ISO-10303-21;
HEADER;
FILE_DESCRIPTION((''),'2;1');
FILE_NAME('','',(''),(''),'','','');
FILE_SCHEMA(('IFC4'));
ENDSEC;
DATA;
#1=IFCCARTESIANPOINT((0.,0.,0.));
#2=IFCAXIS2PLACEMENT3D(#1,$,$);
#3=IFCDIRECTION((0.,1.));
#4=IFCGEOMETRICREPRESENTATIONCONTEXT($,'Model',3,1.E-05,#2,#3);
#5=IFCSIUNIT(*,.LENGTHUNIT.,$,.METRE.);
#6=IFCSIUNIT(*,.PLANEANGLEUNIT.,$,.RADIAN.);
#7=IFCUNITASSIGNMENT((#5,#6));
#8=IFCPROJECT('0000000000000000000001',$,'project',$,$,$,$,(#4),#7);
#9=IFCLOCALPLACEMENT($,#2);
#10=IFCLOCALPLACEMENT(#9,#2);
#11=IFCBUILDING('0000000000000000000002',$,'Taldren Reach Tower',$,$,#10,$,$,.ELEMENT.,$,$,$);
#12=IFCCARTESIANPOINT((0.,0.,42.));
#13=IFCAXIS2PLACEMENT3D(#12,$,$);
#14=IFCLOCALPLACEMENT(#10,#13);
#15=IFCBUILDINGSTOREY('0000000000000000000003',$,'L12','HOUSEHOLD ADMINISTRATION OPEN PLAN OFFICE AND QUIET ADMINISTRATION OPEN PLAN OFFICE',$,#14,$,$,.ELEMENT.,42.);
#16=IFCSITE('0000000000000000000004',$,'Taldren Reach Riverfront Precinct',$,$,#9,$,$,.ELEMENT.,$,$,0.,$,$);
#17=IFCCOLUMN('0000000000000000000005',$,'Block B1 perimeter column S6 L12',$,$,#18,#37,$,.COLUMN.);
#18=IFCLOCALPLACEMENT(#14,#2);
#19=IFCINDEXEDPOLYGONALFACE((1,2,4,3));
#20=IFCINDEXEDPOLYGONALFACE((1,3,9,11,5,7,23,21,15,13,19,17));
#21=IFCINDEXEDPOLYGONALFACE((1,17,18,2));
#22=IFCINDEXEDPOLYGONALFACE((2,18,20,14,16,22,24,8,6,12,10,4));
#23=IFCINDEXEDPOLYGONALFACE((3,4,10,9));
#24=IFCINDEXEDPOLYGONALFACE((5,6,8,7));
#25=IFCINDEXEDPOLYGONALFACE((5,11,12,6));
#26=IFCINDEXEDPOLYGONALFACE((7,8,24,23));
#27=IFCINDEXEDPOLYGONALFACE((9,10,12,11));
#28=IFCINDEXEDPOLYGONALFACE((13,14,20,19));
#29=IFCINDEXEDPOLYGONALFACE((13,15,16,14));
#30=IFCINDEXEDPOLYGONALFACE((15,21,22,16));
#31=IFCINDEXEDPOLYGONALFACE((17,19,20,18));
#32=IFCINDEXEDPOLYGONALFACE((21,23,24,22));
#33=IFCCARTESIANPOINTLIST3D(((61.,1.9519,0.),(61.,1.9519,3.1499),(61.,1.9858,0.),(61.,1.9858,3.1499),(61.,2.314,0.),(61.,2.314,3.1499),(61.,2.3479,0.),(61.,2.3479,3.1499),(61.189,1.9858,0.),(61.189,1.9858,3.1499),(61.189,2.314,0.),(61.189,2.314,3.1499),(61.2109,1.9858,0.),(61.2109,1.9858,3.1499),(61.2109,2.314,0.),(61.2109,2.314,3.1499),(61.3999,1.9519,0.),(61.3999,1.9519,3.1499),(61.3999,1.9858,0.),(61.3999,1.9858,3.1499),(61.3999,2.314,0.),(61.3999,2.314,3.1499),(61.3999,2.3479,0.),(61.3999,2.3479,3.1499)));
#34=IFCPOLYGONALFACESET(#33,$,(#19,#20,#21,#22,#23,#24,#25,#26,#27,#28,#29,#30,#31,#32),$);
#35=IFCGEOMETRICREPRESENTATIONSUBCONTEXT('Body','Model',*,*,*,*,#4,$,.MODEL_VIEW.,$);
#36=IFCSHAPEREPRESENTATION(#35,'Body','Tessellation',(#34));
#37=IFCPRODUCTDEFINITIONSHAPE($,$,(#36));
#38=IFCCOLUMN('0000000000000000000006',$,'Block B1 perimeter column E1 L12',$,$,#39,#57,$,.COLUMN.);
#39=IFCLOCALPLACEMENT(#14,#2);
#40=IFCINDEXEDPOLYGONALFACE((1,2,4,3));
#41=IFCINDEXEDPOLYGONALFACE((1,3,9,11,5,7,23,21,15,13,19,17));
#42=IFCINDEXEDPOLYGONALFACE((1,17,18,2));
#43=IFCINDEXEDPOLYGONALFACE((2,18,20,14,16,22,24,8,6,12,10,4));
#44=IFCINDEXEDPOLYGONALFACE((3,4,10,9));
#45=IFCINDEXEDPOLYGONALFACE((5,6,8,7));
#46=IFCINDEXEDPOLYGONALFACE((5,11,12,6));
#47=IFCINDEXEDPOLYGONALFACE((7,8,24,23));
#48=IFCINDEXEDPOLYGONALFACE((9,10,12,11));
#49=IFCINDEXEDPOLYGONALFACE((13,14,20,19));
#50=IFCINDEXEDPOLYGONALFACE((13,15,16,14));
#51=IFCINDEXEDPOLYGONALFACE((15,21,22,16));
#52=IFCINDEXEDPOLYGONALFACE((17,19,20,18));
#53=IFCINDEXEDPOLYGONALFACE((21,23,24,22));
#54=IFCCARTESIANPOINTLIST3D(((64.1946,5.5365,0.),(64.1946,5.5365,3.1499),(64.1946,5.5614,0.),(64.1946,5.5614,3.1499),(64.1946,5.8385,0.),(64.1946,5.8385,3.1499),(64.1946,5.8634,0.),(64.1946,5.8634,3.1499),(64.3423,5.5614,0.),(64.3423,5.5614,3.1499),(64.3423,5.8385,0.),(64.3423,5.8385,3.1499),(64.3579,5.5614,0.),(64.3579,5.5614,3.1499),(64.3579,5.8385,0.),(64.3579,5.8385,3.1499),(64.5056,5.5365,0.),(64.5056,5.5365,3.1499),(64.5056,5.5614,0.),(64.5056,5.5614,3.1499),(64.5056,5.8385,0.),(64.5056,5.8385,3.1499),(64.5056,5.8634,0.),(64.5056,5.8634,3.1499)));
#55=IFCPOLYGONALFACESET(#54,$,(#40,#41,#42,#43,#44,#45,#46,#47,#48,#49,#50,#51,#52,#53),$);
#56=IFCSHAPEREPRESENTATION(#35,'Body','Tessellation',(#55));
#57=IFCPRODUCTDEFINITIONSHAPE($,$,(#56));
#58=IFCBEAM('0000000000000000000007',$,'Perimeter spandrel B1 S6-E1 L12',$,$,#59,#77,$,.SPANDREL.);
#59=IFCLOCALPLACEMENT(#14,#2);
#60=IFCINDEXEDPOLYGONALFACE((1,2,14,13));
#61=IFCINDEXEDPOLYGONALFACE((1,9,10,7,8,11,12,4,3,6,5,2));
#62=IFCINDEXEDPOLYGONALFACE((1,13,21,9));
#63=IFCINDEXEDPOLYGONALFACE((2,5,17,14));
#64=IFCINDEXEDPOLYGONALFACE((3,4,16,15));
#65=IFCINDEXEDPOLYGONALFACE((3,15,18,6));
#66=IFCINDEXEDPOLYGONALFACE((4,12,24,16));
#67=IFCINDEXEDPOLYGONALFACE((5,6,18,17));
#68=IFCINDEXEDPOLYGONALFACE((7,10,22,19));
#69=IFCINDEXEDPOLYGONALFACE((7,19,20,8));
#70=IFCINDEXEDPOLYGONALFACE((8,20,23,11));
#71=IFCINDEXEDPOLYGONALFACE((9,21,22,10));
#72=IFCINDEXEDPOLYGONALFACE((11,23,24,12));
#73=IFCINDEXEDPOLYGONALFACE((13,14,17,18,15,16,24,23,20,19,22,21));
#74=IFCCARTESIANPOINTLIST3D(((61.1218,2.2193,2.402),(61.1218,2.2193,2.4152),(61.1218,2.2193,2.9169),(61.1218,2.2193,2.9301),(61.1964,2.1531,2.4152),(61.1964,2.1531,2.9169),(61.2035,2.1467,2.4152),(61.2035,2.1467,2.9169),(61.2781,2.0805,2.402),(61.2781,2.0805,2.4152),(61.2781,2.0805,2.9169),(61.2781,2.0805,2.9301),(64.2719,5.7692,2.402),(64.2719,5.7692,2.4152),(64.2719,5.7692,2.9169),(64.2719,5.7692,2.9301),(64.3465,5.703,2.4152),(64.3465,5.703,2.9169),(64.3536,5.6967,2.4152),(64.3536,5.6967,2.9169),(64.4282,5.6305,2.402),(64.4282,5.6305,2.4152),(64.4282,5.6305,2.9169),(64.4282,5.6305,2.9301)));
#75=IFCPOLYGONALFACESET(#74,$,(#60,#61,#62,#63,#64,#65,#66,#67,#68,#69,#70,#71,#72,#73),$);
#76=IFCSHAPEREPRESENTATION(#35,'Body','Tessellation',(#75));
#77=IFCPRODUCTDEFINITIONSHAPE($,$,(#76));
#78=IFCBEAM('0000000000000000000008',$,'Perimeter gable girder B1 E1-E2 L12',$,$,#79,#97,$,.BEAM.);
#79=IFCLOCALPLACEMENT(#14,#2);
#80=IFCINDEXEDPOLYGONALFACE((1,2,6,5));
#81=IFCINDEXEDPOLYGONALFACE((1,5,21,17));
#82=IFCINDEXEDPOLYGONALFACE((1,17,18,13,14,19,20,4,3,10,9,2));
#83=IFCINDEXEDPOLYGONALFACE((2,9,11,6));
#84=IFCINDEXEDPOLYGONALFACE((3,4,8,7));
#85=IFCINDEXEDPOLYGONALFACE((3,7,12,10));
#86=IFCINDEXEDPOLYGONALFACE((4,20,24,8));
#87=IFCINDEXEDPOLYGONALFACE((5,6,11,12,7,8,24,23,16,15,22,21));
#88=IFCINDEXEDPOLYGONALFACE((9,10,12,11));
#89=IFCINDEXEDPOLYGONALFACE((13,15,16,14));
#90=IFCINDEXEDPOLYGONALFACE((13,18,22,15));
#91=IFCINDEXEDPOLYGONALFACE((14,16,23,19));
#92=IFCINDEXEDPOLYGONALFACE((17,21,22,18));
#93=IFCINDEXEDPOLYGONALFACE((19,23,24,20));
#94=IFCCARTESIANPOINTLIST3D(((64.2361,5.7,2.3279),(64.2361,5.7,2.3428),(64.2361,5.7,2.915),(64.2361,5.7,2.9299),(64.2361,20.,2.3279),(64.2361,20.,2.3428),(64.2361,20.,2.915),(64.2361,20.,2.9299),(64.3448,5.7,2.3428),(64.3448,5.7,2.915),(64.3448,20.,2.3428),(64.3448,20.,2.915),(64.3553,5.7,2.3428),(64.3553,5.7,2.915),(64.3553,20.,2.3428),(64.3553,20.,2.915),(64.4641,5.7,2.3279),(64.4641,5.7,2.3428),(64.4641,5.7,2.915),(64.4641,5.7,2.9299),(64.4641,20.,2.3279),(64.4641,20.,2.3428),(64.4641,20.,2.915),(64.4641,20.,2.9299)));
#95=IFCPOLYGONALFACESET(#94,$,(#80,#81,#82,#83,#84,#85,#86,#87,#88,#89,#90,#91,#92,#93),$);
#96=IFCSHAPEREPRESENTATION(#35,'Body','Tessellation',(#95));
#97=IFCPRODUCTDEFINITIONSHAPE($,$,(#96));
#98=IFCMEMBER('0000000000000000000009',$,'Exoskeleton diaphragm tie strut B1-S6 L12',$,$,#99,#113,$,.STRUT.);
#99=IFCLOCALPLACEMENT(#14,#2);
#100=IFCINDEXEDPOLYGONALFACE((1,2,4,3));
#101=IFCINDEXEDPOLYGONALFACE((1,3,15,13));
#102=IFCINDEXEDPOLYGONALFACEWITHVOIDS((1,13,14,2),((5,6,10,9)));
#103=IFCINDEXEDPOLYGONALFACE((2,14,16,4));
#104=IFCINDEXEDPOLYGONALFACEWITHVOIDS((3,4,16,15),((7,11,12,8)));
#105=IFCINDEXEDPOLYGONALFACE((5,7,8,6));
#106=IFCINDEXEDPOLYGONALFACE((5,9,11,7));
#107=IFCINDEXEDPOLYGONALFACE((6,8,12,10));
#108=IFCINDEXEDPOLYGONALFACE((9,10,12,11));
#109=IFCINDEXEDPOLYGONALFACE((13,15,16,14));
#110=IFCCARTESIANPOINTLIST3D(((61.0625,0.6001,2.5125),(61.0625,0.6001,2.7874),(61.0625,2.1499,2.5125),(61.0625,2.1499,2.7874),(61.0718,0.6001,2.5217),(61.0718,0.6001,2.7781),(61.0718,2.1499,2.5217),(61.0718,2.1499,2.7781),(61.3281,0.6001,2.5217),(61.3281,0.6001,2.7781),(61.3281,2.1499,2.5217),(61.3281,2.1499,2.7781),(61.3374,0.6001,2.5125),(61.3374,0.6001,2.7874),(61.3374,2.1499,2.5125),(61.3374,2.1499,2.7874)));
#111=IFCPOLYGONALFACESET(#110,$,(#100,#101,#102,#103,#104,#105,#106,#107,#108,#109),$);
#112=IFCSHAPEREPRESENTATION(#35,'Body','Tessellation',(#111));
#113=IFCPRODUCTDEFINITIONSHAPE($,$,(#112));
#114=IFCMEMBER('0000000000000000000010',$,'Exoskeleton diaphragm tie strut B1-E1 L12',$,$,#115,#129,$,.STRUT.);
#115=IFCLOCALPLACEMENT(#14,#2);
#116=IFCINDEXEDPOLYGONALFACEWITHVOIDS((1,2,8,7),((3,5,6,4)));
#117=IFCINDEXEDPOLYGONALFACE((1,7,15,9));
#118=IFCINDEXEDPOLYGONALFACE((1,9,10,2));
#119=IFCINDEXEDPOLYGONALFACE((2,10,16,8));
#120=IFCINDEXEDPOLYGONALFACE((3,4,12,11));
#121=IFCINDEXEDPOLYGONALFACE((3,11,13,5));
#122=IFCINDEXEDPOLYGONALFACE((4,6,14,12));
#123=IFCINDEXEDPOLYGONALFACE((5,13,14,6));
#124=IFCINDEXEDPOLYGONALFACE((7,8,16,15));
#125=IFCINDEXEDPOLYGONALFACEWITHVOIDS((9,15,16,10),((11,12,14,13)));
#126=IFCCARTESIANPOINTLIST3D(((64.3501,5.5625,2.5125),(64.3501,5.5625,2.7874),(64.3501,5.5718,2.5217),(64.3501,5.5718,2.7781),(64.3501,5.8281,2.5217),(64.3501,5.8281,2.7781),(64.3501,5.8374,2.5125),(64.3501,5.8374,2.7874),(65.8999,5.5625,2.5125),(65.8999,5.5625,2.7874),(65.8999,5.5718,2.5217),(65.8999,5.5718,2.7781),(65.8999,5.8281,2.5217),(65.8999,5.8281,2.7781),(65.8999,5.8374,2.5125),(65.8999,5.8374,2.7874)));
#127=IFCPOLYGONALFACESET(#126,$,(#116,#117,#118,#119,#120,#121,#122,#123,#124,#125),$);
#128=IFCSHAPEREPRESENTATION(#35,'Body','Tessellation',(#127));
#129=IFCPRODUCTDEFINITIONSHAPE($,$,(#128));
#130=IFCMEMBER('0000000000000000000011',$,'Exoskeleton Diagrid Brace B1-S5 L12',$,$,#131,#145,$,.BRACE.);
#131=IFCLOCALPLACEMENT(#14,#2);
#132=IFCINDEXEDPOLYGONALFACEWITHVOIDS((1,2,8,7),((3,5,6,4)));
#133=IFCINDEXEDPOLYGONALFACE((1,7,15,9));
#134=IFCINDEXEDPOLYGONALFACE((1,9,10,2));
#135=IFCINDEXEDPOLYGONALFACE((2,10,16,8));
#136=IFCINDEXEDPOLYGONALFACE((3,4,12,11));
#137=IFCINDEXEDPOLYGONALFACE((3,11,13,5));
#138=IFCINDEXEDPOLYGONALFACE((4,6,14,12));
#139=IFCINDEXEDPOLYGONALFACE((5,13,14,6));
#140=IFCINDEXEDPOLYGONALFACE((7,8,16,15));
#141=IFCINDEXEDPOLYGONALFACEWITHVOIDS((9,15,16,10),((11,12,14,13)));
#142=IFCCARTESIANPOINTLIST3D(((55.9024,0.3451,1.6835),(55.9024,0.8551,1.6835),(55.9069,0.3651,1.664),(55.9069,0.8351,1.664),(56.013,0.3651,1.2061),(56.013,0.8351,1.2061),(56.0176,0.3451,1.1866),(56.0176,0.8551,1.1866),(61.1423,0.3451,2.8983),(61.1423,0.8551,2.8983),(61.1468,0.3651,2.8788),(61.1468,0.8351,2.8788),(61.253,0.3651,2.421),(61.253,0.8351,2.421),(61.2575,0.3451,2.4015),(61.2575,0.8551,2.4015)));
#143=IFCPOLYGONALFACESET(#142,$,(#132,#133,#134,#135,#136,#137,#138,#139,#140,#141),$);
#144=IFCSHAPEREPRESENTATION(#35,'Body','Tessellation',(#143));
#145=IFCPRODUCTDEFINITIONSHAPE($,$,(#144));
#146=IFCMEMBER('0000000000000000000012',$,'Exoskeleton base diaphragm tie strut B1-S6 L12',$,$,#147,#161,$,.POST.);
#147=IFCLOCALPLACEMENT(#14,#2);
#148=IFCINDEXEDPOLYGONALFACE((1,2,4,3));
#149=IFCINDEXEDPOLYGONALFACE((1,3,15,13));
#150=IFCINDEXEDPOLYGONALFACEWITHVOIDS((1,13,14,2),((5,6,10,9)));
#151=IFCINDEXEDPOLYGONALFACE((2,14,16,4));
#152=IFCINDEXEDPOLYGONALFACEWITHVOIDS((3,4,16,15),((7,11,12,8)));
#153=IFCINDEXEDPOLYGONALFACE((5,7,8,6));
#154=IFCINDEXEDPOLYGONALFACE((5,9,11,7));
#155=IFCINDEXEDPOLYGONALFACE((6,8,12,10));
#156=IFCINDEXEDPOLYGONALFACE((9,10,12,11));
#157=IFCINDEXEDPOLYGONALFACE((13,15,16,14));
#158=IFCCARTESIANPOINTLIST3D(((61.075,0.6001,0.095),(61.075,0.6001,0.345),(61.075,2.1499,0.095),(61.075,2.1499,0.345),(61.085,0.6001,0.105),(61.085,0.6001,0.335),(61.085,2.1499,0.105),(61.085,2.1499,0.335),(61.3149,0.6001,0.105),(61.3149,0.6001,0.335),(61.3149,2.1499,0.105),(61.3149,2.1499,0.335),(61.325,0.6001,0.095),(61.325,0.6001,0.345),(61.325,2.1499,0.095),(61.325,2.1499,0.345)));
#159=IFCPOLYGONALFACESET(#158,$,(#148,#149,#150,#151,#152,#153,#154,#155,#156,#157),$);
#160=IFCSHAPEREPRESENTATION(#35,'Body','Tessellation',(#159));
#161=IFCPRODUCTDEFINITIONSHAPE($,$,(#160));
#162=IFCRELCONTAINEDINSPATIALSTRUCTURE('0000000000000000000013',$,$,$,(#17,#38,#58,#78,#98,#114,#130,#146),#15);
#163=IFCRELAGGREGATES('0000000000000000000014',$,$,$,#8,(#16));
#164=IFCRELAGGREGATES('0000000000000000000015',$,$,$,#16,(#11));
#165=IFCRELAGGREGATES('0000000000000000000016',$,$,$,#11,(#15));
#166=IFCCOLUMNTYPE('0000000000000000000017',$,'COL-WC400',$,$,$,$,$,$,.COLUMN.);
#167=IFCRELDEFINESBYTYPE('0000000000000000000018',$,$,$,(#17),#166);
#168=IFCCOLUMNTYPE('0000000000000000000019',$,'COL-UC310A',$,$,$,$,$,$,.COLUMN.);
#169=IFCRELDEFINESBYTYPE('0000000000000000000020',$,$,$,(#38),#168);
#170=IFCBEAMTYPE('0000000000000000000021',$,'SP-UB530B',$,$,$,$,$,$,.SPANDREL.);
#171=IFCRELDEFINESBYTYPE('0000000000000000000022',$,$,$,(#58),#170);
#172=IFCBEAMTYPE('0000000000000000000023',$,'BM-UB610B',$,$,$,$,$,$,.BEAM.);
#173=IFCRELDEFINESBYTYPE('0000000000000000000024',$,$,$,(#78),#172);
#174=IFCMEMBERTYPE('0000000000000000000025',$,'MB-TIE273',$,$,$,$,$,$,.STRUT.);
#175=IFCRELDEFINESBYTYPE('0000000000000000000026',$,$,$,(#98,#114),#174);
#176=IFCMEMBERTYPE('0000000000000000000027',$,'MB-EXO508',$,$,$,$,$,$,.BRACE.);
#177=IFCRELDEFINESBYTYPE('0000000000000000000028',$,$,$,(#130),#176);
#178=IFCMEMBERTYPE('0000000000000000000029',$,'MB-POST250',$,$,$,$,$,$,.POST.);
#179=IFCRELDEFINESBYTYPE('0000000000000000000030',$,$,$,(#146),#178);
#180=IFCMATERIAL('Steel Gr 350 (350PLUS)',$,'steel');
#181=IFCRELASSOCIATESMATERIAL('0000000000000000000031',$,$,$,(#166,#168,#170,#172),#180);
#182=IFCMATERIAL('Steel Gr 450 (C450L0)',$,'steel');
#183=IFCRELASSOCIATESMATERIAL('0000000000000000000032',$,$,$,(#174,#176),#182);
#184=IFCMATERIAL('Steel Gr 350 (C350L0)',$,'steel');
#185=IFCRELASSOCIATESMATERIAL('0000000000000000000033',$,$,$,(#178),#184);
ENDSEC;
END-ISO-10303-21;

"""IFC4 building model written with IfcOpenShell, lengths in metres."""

from ifc_helpers import new_model, si_unit, direction, frame, origin, origin_2d, place, context, subcontext, project, spatial, hollow_rectangle, i_section, extrude, source, transform, mapped, material, material_profile, profile_set, type_object, element, save


model = new_model("IFC4")

# Units and contexts
model_context = context("Model", 3, precision=1e-05, world=origin(), true_north=direction((0.0, 1.0)))
body_context = subcontext(model_context, "Body", "Model", "MODEL_VIEW")
ifc_project = project(units=[si_unit("LENGTHUNIT", "METRE"), si_unit("PLANEANGLEUNIT", "RADIAN")], contexts=[model_context])

# Site, building, storey
site_placement = place(None, origin())
site = spatial("IfcSite", under=ifc_project, at=site_placement, Name="Taldren Reach Riverfront Precinct", CompositionType="ELEMENT", RefElevation=0.0)
building_placement = place(site_placement, origin())
building = spatial("IfcBuilding", under=site, at=building_placement, Name="Taldren Reach Tower", CompositionType="ELEMENT")
storey_placement = place(building_placement, frame((0.0, 0.0, 42.0)))
storey = spatial("IfcBuildingStorey", under=building, at=storey_placement, Name="L12", Description="HOUSEHOLD ADMINISTRATION OPEN PLAN OFFICE AND QUIET ADMINISTRATION OPEN PLAN OFFICE", CompositionType="ELEMENT", Elevation=42.0)

# Columns
ifc_material_1 = material(Name="Steel Gr 350 (350PLUS)", Category="steel")
ifc_material_profile_1 = material_profile(ifc_material_1, i_section(OverallWidth=0.3999, OverallDepth=0.396, WebThickness=0.022, FlangeThickness=0.0339, at=origin_2d()), Name="400WC270")
ifc_profile_set_1 = profile_set([ifc_material_profile_1], Name="Steel Gr 350 (350PLUS)")
column_type_1 = type_object("IfcColumnType", Name="COL-WC400", PredefinedType="COLUMN", material=ifc_profile_set_1)
shared_shape_1 = source(origin(), body_context, "Body", "SweptSolid", [
    extrude(i_section(OverallWidth=0.3999, OverallDepth=0.396, WebThickness=0.022, FlangeThickness=0.0339, at=origin_2d()), origin(), (0.0, 0.0, 1.0), 3.1499),
])
column_1_placement = place(storey_placement, frame((61.2, 2.1499, 0.0), z_axis=(0.0, 0.0, 1.0), x_axis=(1.0, 0.0, 0.0)))
element("IfcColumn", 1, at=column_1_placement, inside=storey, type_object=column_type_1, Name="Block B1 perimeter column S6 L12", PredefinedType="COLUMN", context=body_context, shape_type="MappedRepresentation", body=[
    mapped(shared_shape_1, transform((0.0, 0.0, 0.0), scale=1.0)),
])
ifc_material_profile_2 = material_profile(ifc_material_1, i_section(OverallWidth=0.311, OverallDepth=0.3269, WebThickness=0.0156, FlangeThickness=0.0249, at=origin_2d()), Name="310UC158")
ifc_profile_set_2 = profile_set([ifc_material_profile_2], Name="Steel Gr 350 (350PLUS)")
column_type_2 = type_object("IfcColumnType", Name="COL-UC310A", PredefinedType="COLUMN", material=ifc_profile_set_2)
shared_shape_2 = source(origin(), body_context, "Body", "SweptSolid", [
    extrude(i_section(OverallWidth=0.311, OverallDepth=0.3269, WebThickness=0.0156, FlangeThickness=0.0249, at=origin_2d()), origin(), (0.0, 0.0, 1.0), 3.1499),
])
column_2_placement = place(storey_placement, frame((64.3501, 5.7, 0.0), z_axis=(0.0, 0.0, 1.0), x_axis=(1.0, 0.0, 0.0)))
element("IfcColumn", 2, at=column_2_placement, inside=storey, type_object=column_type_2, Name="Block B1 perimeter column E1 L12", PredefinedType="COLUMN", context=body_context, shape_type="MappedRepresentation", body=[
    mapped(shared_shape_2, transform((0.0, 0.0, 0.0), scale=1.0)),
])

# Beams
ifc_material_profile_3 = material_profile(ifc_material_1, i_section(OverallWidth=0.209, OverallDepth=0.5281, WebThickness=0.0095, FlangeThickness=0.0132, at=origin_2d()), Name="530UB82.0")
ifc_profile_set_3 = profile_set([ifc_material_profile_3], Name="Steel Gr 350 (350PLUS)")
beam_type_1 = type_object("IfcBeamType", Name="SP-UB530B", PredefinedType="SPANDREL", material=ifc_profile_set_3)
shared_shape_3 = source(origin(), body_context, "Body", "SweptSolid", [
    extrude(i_section(OverallWidth=0.209, OverallDepth=0.5281, WebThickness=0.0095, FlangeThickness=0.0132, at=origin_2d()), origin(), (0.0, 0.0, 1.0), 4.7461),
])
beam_1_placement = place(storey_placement, frame((61.2, 2.1499, 2.666), z_axis=(0.663722, 0.747979, 0.0), x_axis=(-0.747979, 0.663722, 0.0)))
element("IfcBeam", 3, at=beam_1_placement, inside=storey, type_object=beam_type_1, Name="Perimeter spandrel B1 S6-E1 L12", PredefinedType="SPANDREL", context=body_context, shape_type="MappedRepresentation", body=[
    mapped(shared_shape_3, transform((0.0, 0.0, 0.0), scale=1.0)),
])
ifc_material_profile_4 = material_profile(ifc_material_1, i_section(OverallWidth=0.228, OverallDepth=0.6021, WebThickness=0.0105, FlangeThickness=0.0149, at=origin_2d()), Name="610UB101")
ifc_profile_set_4 = profile_set([ifc_material_profile_4], Name="Steel Gr 350 (350PLUS)")
beam_type_2 = type_object("IfcBeamType", Name="BM-UB610B", PredefinedType="BEAM", material=ifc_profile_set_4)
shared_shape_4 = source(origin(), body_context, "Body", "SweptSolid", [
    extrude(i_section(OverallWidth=0.228, OverallDepth=0.6021, WebThickness=0.0105, FlangeThickness=0.0149, at=origin_2d()), origin(), (0.0, 0.0, 1.0), 14.3),
])
beam_2_placement = place(storey_placement, frame((64.3501, 5.7, 2.6289), z_axis=(0.0, 1.0, 0.0), x_axis=(-1.0, 0.0, 0.0)))
element("IfcBeam", 4, at=beam_2_placement, inside=storey, type_object=beam_type_2, Name="Perimeter gable girder B1 E1-E2 L12", PredefinedType="BEAM", context=body_context, shape_type="MappedRepresentation", body=[
    mapped(shared_shape_4, transform((0.0, 0.0, 0.0), scale=1.0)),
])

# Members
ifc_material_2 = material(Name="Steel Gr 450 (C450L0)", Category="steel")
ifc_material_profile_5 = material_profile(ifc_material_2, hollow_rectangle(XDim=0.2749, YDim=0.2749, WallThickness=0.0093, at=origin_2d()), Name="275x275x9.3SHS")
ifc_profile_set_5 = profile_set([ifc_material_profile_5], Name="Steel Gr 450 (C450L0)")
member_type_1 = type_object("IfcMemberType", Name="MB-TIE273", PredefinedType="STRUT", material=ifc_profile_set_5)
shared_shape_5 = source(origin(), body_context, "Body", "SweptSolid", [
    extrude(hollow_rectangle(XDim=0.2749, YDim=0.2749, WallThickness=0.0093, at=origin_2d()), origin(), (0.0, 0.0, 1.0), 1.5498),
])
for number, where, z_axis, x_axis, name in (
    (5, (61.2, 2.1499, 2.6499), (0.0, -1.0, 0.0), (1.0, 0.0, 0.0), "Exoskeleton diaphragm tie strut B1-S6 L12"),
    (6, (64.3501, 5.7, 2.6499), (1.0, 0.0, 0.0), (0.0, 1.0, 0.0), "Exoskeleton diaphragm tie strut B1-E1 L12"),
):
    element("IfcMember", number, at=place(storey_placement, frame(where, z_axis=z_axis, x_axis=x_axis)), inside=storey, type_object=member_type_1, Name=name, PredefinedType="STRUT", context=body_context, shape_type="MappedRepresentation", body=[
        mapped(shared_shape_5, transform((0.0, 0.0, 0.0), scale=1.0)),
    ])
ifc_material_profile_6 = material_profile(ifc_material_2, hollow_rectangle(XDim=0.51, YDim=0.51, WallThickness=0.02, at=origin_2d()), Name="510x510x20.0SHS")
ifc_profile_set_6 = profile_set([ifc_material_profile_6], Name="Steel Gr 450 (C450L0)")
member_type_2 = type_object("IfcMemberType", Name="MB-EXO508", PredefinedType="BRACE", material=ifc_profile_set_6)
shared_shape_6 = source(origin(), body_context, "Body", "SweptSolid", [
    extrude(hollow_rectangle(XDim=0.51, YDim=0.51, WallThickness=0.02, at=origin_2d()), origin(), (0.0, 0.0, 1.0), 5.3789),
])
member_1_placement = place(storey_placement, frame((55.96, 0.6001, 1.4351), z_axis=(0.974162, 0.0, 0.225851), x_axis=(0.0, 1.0, 0.0)))
element("IfcMember", 7, at=member_1_placement, inside=storey, type_object=member_type_2, Name="Exoskeleton Diagrid Brace B1-S5 L12", PredefinedType="BRACE", context=body_context, shape_type="MappedRepresentation", body=[
    mapped(shared_shape_6, transform((0.0, 0.0, 0.0), scale=1.0)),
])
ifc_material_3 = material(Name="Steel Gr 350 (C350L0)", Category="steel")
ifc_material_profile_7 = material_profile(ifc_material_3, hollow_rectangle(XDim=0.25, YDim=0.25, WallThickness=0.01, at=origin_2d()), Name="250x250x10.0SHS")
ifc_profile_set_7 = profile_set([ifc_material_profile_7], Name="Steel Gr 350 (C350L0)")
member_type_3 = type_object("IfcMemberType", Name="MB-POST250", PredefinedType="POST", material=ifc_profile_set_7)
shared_shape_7 = source(origin(), body_context, "Body", "SweptSolid", [
    extrude(hollow_rectangle(XDim=0.25, YDim=0.25, WallThickness=0.01, at=origin_2d()), origin(), (0.0, 0.0, 1.0), 1.5498),
])
for number, where, z_axis, x_axis, name in (
    (8, (61.2, 2.1499, 0.22), (0.0, -1.0, 0.0), (1.0, 0.0, 0.0), "Exoskeleton base diaphragm tie strut B1-S6 L12"),
):
    element("IfcMember", number, at=place(storey_placement, frame(where, z_axis=z_axis, x_axis=x_axis)), inside=storey, type_object=member_type_3, Name=name, PredefinedType="POST", context=body_context, shape_type="MappedRepresentation", body=[
        mapped(shared_shape_7, transform((0.0, 0.0, 0.0), scale=1.0)),
    ])

save(model, "model.ifc")
